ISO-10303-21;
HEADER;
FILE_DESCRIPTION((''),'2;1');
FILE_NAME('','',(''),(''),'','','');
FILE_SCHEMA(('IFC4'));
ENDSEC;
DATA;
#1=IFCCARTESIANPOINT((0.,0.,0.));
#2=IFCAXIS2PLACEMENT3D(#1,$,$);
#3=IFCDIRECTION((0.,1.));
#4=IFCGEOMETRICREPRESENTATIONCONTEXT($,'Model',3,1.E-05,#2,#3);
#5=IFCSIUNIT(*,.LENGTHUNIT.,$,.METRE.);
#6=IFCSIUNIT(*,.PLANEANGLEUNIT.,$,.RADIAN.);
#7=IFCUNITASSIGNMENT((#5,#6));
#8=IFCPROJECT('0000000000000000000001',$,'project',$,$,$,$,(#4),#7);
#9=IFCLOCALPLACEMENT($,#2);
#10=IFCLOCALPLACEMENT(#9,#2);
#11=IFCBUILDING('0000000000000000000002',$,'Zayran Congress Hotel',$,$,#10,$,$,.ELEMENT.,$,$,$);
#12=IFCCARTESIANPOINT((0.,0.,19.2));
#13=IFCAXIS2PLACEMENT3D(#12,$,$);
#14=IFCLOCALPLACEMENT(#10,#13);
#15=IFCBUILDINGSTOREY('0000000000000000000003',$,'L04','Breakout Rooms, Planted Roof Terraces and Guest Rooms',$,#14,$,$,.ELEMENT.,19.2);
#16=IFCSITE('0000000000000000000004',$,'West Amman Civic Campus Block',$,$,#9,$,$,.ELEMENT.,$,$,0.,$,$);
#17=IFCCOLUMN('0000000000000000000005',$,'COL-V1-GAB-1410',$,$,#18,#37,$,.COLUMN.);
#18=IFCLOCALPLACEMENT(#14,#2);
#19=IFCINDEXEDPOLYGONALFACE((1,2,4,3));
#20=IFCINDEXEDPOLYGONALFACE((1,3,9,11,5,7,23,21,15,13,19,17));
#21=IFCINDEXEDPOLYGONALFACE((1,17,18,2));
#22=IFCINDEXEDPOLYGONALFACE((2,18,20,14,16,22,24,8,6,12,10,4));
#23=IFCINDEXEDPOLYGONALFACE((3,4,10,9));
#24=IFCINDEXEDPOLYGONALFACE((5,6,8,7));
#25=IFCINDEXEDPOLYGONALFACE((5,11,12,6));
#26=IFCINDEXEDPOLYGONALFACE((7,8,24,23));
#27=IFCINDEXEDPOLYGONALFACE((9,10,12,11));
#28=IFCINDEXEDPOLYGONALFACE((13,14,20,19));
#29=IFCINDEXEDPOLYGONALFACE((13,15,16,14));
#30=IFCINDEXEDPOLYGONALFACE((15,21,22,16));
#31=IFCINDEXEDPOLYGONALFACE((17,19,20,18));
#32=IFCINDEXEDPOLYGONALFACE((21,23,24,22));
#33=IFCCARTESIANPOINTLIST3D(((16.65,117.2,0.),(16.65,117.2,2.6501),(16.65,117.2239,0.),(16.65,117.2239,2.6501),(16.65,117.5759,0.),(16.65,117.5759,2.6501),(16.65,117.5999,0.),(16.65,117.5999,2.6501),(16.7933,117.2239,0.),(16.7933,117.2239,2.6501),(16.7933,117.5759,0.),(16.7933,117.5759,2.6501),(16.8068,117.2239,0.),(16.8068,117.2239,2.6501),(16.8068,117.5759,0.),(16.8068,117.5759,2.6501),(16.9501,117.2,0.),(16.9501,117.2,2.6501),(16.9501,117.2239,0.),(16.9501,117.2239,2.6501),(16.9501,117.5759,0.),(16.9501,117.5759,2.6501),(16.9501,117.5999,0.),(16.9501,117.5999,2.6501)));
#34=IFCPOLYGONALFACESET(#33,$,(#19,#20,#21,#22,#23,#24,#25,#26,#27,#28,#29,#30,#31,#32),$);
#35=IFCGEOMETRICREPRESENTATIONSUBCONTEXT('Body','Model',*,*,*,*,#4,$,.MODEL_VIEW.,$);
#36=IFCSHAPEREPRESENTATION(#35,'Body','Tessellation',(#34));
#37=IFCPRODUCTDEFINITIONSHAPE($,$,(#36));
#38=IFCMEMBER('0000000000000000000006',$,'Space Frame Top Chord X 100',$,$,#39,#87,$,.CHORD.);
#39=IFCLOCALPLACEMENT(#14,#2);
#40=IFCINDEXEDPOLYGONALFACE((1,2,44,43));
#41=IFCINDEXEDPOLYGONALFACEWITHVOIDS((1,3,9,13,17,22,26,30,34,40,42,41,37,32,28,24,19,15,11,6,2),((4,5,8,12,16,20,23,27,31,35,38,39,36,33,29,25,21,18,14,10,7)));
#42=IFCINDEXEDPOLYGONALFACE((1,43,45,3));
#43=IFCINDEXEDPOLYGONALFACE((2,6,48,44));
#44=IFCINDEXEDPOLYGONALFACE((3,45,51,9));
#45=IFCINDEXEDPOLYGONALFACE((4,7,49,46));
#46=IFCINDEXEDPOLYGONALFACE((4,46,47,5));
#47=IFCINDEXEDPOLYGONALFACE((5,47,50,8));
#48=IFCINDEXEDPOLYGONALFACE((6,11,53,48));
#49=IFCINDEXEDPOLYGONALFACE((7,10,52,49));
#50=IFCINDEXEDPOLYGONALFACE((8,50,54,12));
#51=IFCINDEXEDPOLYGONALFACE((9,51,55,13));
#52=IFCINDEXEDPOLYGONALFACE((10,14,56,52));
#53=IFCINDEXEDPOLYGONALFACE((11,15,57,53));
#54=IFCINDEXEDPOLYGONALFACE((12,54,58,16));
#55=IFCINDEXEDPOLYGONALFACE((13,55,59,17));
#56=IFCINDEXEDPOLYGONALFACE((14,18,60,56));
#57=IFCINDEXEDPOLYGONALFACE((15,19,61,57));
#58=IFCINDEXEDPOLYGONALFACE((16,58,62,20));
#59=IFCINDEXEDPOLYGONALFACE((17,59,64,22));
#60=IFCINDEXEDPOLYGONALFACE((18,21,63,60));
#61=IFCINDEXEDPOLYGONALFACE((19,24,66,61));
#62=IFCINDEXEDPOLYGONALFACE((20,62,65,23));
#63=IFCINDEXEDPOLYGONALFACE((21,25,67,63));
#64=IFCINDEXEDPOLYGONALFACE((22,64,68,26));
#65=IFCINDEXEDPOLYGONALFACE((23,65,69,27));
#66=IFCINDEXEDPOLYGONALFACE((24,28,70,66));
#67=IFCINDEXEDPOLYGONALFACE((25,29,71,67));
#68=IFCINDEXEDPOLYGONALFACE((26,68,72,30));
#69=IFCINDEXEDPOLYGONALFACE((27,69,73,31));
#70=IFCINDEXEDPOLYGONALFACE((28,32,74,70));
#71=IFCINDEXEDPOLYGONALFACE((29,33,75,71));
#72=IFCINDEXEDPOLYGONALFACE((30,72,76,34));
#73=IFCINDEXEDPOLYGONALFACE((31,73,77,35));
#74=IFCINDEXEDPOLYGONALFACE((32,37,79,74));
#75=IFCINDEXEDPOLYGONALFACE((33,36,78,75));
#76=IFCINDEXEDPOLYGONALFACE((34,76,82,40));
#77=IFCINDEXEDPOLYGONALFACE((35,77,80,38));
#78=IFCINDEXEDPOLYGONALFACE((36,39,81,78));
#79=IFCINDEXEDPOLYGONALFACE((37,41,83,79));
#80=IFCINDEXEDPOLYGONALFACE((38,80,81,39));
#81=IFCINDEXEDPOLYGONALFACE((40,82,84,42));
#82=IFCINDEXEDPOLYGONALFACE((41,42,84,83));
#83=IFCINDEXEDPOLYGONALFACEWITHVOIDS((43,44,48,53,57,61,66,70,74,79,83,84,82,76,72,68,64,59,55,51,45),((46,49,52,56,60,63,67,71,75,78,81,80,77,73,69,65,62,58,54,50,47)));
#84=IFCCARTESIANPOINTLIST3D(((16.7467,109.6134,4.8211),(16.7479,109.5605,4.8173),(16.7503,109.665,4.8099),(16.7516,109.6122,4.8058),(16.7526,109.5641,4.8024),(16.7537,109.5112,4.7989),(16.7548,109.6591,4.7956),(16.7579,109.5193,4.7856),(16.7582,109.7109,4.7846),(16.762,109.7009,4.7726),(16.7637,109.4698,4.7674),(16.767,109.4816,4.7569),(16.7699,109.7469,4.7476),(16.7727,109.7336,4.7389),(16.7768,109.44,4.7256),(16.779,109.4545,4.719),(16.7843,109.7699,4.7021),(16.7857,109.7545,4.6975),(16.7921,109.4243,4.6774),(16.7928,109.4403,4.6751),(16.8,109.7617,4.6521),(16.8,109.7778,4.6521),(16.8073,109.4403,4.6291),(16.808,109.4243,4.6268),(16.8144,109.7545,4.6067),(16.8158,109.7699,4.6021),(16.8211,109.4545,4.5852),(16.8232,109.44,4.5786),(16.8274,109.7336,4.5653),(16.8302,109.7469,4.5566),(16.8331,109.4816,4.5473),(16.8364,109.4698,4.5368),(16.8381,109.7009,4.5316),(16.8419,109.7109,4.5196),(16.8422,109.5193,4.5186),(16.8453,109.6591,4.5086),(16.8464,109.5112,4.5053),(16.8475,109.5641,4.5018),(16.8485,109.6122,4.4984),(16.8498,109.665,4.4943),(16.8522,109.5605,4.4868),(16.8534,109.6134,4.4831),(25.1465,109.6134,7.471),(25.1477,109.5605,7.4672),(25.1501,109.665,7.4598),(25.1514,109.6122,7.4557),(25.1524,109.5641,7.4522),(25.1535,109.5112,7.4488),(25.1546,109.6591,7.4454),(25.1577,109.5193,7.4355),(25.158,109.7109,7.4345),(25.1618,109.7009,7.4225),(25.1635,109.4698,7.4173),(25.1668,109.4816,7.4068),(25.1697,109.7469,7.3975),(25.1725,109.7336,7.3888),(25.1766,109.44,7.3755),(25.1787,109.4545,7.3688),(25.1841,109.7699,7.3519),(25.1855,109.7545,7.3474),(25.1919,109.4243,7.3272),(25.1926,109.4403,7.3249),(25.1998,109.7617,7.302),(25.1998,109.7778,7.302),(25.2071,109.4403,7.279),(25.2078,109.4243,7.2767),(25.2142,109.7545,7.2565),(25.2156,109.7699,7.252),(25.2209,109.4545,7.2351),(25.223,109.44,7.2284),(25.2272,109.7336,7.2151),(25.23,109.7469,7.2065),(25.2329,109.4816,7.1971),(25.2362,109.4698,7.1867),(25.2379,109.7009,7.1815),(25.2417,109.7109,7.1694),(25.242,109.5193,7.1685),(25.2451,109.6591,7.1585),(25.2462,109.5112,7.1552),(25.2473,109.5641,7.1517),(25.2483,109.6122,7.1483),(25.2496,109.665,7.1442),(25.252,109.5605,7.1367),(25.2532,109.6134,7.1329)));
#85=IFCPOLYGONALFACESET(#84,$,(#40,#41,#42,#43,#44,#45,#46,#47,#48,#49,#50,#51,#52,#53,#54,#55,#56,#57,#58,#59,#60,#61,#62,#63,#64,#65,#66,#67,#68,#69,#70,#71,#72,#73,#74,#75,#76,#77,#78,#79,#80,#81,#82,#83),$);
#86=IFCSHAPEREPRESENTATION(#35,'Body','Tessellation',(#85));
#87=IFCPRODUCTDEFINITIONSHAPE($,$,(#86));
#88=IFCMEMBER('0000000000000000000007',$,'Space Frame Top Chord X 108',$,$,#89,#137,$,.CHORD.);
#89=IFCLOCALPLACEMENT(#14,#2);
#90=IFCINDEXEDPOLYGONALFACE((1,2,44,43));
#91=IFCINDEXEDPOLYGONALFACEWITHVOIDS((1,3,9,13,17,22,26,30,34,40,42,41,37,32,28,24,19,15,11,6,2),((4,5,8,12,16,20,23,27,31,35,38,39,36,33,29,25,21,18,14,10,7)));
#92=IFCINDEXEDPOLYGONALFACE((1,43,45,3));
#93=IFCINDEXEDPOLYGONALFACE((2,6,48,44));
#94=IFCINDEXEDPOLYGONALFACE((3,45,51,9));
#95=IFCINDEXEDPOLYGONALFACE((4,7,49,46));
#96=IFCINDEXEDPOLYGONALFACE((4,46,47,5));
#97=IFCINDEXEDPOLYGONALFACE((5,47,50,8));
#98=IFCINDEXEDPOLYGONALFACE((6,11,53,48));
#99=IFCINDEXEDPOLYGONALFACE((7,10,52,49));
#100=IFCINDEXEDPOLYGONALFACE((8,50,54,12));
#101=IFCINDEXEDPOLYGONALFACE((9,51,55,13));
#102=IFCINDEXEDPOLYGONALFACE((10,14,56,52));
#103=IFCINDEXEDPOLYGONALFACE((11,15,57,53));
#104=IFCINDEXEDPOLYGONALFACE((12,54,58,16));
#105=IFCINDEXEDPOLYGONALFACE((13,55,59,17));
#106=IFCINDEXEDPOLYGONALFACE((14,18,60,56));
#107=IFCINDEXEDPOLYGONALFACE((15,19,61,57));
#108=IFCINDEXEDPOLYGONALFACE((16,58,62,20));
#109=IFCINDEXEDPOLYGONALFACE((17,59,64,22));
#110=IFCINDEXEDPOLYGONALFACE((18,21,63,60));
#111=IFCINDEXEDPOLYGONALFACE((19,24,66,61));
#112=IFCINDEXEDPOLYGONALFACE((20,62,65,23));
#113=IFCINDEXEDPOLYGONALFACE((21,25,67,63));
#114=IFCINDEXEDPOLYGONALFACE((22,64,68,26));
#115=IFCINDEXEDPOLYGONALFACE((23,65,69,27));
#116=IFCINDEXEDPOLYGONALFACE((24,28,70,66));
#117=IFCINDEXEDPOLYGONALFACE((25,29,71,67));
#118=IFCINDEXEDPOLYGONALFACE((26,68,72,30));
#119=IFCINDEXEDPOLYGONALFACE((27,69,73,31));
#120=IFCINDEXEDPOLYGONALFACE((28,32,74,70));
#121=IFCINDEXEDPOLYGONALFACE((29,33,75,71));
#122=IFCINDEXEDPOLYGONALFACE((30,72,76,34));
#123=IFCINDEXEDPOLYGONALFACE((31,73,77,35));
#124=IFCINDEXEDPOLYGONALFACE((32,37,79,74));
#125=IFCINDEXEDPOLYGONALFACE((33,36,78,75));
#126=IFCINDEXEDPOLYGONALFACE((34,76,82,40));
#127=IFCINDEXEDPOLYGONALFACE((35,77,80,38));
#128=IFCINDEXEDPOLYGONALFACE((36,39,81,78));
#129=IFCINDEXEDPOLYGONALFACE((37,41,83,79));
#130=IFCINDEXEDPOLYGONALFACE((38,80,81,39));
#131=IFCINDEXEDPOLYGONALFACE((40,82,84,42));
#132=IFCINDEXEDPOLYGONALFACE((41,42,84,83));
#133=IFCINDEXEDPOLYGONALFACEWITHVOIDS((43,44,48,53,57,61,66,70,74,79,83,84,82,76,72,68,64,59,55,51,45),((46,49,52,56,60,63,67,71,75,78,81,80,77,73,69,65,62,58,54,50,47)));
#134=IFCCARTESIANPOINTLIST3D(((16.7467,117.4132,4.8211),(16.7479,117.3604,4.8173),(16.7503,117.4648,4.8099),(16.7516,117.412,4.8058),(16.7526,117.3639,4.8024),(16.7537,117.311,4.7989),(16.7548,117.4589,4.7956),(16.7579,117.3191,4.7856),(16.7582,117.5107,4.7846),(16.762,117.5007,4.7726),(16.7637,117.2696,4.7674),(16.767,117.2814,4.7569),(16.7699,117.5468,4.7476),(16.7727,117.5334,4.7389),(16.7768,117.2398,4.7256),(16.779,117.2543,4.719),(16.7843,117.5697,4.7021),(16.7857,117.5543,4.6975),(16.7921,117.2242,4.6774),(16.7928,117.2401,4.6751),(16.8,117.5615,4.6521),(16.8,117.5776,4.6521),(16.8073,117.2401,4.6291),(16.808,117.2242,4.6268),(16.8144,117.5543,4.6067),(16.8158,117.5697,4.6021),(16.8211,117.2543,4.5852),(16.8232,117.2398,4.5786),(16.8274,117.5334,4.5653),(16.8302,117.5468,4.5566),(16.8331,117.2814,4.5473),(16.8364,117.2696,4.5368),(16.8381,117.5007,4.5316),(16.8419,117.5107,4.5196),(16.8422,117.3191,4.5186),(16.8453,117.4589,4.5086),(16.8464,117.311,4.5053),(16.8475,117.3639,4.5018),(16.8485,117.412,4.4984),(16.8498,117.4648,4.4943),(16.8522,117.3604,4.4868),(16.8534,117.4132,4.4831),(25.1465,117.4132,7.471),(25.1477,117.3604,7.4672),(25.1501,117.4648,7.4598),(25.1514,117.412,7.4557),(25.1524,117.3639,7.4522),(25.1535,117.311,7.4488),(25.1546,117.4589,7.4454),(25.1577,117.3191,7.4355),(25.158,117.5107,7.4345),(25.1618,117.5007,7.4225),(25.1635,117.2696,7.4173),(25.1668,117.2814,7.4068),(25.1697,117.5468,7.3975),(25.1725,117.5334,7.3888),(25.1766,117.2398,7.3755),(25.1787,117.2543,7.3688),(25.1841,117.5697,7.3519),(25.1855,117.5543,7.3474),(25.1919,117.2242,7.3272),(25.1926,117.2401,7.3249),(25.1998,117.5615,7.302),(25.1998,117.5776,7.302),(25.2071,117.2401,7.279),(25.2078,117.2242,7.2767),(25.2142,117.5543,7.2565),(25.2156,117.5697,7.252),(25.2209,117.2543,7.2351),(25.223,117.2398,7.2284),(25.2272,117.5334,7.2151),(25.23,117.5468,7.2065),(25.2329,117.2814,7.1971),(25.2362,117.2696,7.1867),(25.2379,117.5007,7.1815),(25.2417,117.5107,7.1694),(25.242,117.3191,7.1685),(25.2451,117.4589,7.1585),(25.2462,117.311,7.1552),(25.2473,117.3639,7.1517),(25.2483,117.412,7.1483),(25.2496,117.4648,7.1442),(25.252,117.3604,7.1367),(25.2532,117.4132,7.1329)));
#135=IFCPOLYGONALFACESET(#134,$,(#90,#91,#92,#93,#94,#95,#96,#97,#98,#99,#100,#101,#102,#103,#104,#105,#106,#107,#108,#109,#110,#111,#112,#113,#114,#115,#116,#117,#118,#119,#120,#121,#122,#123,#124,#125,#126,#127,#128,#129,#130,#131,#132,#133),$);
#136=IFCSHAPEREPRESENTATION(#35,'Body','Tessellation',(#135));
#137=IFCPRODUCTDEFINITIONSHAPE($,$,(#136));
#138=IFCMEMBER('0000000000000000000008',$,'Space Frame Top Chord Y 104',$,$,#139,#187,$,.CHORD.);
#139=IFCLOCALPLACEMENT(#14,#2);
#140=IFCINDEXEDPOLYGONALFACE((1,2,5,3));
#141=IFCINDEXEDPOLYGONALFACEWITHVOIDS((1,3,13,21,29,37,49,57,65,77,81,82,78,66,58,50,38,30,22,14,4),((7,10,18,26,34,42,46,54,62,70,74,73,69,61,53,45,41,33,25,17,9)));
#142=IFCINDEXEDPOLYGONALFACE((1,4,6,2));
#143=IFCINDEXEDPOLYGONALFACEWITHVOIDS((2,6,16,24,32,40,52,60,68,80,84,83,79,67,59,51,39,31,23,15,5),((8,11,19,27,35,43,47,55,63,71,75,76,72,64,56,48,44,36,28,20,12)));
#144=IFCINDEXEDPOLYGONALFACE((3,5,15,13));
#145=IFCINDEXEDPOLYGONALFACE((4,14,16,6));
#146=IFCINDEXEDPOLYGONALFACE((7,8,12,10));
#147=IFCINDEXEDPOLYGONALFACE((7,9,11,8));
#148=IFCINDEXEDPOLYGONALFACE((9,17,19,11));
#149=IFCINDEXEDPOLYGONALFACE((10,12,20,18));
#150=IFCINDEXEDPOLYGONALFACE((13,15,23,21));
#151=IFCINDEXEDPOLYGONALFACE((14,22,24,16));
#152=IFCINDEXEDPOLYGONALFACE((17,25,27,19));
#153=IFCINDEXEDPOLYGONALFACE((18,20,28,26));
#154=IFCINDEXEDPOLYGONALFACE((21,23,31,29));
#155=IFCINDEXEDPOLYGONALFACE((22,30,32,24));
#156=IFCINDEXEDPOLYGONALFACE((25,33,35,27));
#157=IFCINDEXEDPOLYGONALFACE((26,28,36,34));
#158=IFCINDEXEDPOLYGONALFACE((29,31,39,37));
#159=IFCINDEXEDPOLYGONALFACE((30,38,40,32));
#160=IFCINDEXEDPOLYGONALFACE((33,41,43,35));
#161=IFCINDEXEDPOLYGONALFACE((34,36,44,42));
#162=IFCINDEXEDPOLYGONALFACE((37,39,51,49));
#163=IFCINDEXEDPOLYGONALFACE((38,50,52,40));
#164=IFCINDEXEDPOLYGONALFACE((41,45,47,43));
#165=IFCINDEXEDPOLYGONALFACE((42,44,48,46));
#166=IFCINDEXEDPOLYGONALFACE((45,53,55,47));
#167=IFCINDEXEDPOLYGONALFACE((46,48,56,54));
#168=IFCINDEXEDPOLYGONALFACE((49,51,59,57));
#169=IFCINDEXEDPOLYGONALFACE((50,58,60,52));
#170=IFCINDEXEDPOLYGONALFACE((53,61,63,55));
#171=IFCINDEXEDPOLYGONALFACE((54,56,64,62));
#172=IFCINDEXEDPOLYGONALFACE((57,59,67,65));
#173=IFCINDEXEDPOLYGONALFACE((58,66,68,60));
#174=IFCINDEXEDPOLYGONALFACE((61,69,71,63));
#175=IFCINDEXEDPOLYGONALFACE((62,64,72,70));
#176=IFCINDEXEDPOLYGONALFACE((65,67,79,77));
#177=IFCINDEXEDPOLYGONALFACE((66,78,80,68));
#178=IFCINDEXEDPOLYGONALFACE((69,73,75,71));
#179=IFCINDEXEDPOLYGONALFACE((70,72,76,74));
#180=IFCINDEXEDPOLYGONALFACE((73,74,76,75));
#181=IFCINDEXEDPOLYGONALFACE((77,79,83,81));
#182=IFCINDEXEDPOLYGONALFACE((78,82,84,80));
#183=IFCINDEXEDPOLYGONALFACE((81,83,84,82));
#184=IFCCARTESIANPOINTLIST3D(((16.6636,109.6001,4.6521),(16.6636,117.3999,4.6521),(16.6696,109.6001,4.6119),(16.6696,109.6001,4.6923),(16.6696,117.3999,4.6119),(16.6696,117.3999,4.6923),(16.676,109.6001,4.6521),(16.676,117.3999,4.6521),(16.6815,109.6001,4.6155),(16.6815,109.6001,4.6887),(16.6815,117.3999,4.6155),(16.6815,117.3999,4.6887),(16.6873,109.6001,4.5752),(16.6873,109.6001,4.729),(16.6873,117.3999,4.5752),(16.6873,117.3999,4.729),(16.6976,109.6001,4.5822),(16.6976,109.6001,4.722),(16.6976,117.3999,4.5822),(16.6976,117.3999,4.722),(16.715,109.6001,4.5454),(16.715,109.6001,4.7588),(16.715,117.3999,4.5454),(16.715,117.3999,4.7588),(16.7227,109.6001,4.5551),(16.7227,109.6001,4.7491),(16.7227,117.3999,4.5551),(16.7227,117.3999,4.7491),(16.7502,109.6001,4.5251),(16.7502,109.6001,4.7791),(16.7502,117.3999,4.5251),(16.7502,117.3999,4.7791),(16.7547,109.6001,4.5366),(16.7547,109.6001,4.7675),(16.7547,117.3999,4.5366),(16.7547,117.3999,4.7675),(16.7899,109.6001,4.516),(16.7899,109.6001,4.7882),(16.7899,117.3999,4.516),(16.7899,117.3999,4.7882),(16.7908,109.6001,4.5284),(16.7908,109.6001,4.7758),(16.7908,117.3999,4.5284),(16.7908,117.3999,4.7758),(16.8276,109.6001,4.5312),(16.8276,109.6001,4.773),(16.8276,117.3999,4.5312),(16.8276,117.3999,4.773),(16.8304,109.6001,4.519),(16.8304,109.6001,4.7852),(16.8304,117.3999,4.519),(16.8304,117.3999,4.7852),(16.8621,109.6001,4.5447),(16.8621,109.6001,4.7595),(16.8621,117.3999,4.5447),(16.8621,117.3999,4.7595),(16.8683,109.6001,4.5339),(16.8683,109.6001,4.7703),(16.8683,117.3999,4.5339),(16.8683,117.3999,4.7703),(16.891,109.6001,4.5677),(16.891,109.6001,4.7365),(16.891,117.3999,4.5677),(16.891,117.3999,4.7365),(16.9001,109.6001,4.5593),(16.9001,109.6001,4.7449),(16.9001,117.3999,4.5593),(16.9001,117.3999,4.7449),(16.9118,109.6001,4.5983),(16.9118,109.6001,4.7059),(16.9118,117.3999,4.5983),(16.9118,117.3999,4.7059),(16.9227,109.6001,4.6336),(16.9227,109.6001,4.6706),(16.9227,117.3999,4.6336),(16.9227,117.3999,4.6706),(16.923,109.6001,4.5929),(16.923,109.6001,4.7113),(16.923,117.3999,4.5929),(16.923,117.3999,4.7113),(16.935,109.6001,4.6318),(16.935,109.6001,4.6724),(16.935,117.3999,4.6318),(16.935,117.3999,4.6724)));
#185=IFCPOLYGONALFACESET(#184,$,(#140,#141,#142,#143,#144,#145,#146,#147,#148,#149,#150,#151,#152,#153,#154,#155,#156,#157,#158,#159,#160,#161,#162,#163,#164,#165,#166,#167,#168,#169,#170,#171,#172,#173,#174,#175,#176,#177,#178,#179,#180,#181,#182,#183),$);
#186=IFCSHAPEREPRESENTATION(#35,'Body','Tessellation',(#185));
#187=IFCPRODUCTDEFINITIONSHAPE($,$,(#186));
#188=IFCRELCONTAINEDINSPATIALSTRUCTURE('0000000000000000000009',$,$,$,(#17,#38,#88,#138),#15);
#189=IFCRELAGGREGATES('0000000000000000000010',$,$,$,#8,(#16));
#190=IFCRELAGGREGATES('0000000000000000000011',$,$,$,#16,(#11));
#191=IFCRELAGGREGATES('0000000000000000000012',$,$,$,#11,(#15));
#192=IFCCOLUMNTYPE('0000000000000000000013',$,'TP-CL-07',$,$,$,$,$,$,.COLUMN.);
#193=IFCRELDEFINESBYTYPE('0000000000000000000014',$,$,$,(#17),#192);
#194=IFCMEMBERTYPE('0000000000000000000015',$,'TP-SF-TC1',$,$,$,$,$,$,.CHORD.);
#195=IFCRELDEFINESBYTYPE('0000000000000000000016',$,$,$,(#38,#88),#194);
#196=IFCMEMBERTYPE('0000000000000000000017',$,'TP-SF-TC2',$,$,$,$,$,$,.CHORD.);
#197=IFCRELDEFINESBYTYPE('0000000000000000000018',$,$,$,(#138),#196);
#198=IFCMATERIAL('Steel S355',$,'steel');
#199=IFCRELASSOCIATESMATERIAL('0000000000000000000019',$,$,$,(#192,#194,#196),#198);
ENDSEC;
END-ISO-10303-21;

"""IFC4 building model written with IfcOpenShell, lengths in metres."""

from ifc_helpers import new_model, si_unit, direction, frame, origin, origin_2d, place, context, subcontext, project, spatial, hollow_circle, i_section, extrude, material, material_profile, profile_set, type_object, element, save


model = new_model("IFC4")

# Units and contexts
model_context = context("Model", 3, precision=1e-05, world=origin(), true_north=direction((0.0, 1.0)))
body_context = subcontext(model_context, "Body", "Model", "MODEL_VIEW")
ifc_project = project(units=[si_unit("LENGTHUNIT", "METRE"), si_unit("PLANEANGLEUNIT", "RADIAN")], contexts=[model_context])

# Site, building, storey
site_placement = place(None, origin())
site = spatial("IfcSite", under=ifc_project, at=site_placement, Name="West Amman Civic Campus Block", CompositionType="ELEMENT", RefElevation=0.0)
building_placement = place(site_placement, origin())
building = spatial("IfcBuilding", under=site, at=building_placement, Name="Zayran Congress Hotel", CompositionType="ELEMENT")
storey_placement = place(building_placement, frame((0.0, 0.0, 19.2)))
storey = spatial("IfcBuildingStorey", under=building, at=storey_placement, Name="L04", Description="Breakout Rooms, Planted Roof Terraces and Guest Rooms", CompositionType="ELEMENT", Elevation=19.2)

# Column
ifc_material_1 = material(Name="Steel S355", Category="steel")
ifc_material_profile_1 = material_profile(ifc_material_1, i_section(OverallWidth=0.3, OverallDepth=0.3999, WebThickness=0.0134, FlangeThickness=0.0239, at=origin_2d()), Name="HEB 400")
ifc_profile_set_1 = profile_set([ifc_material_profile_1], Name="Steel S355")
column_type = type_object("IfcColumnType", Name="TP-CL-07", PredefinedType="COLUMN", material=ifc_profile_set_1)
column_placement = place(storey_placement, frame((16.8, 117.3999, 0.0), z_axis=(0.0, 0.0, 1.0), x_axis=(1.0, 0.0, 0.0)))
element("IfcColumn", 1, at=column_placement, inside=storey, type_object=column_type, Name="COL-V1-GAB-1410", PredefinedType="COLUMN", context=body_context, shape_type="SweptSolid", body=[
    extrude(i_section(OverallWidth=0.3, OverallDepth=0.3999, WebThickness=0.0134, FlangeThickness=0.0239, at=origin_2d()), origin(), (0.0, 0.0, 1.0), 2.6501),
])

# Members
ifc_material_profile_2 = material_profile(ifc_material_1, hollow_circle(Radius=0.1777, WallThickness=0.0161, at=origin_2d()), Name="CHS 355.6x16")
ifc_profile_set_2 = profile_set([ifc_material_profile_2], Name="Steel S355")
member_type_1 = type_object("IfcMemberType", Name="TP-SF-TC1", PredefinedType="CHORD", material=ifc_profile_set_2)
for number, where, z_axis, x_axis, name in (
    (2, (16.8, 109.6001, 4.6521), (0.953671, 0.0, 0.300853), (0.0, 1.0, 0.0), "Space Frame Top Chord X 100"),
    (3, (16.8, 117.3999, 4.6521), (0.953671, 0.0, 0.300853), (0.0, 1.0, 0.0), "Space Frame Top Chord X 108"),
):
    element("IfcMember", number, at=place(storey_placement, frame(where, z_axis=z_axis, x_axis=x_axis)), inside=storey, type_object=member_type_1, Name=name, PredefinedType="CHORD", context=body_context, shape_type="SweptSolid", body=[
        extrude(hollow_circle(Radius=0.1777, WallThickness=0.0161, at=origin_2d()), origin(), (0.0, 0.0, 1.0), 8.8079),
    ])
ifc_material_profile_3 = material_profile(ifc_material_1, hollow_circle(Radius=0.1365, WallThickness=0.0125, at=origin_2d()), Name="CHS 273x12.5")
ifc_profile_set_3 = profile_set([ifc_material_profile_3], Name="Steel S355")
member_type_2 = type_object("IfcMemberType", Name="TP-SF-TC2", PredefinedType="CHORD", material=ifc_profile_set_3)
member_1_placement = place(storey_placement, frame((16.8, 109.6001, 4.6521), z_axis=(0.0, 1.0, 0.0), x_axis=(-1.0, 0.0, 0.0)))
element("IfcMember", 4, at=member_1_placement, inside=storey, type_object=member_type_2, Name="Space Frame Top Chord Y 104", PredefinedType="CHORD", context=body_context, shape_type="SweptSolid", body=[
    extrude(hollow_circle(Radius=0.1365, WallThickness=0.0125, at=origin_2d()), origin(), (0.0, 0.0, 1.0), 7.7998),
])

save(model, "model.ifc")
